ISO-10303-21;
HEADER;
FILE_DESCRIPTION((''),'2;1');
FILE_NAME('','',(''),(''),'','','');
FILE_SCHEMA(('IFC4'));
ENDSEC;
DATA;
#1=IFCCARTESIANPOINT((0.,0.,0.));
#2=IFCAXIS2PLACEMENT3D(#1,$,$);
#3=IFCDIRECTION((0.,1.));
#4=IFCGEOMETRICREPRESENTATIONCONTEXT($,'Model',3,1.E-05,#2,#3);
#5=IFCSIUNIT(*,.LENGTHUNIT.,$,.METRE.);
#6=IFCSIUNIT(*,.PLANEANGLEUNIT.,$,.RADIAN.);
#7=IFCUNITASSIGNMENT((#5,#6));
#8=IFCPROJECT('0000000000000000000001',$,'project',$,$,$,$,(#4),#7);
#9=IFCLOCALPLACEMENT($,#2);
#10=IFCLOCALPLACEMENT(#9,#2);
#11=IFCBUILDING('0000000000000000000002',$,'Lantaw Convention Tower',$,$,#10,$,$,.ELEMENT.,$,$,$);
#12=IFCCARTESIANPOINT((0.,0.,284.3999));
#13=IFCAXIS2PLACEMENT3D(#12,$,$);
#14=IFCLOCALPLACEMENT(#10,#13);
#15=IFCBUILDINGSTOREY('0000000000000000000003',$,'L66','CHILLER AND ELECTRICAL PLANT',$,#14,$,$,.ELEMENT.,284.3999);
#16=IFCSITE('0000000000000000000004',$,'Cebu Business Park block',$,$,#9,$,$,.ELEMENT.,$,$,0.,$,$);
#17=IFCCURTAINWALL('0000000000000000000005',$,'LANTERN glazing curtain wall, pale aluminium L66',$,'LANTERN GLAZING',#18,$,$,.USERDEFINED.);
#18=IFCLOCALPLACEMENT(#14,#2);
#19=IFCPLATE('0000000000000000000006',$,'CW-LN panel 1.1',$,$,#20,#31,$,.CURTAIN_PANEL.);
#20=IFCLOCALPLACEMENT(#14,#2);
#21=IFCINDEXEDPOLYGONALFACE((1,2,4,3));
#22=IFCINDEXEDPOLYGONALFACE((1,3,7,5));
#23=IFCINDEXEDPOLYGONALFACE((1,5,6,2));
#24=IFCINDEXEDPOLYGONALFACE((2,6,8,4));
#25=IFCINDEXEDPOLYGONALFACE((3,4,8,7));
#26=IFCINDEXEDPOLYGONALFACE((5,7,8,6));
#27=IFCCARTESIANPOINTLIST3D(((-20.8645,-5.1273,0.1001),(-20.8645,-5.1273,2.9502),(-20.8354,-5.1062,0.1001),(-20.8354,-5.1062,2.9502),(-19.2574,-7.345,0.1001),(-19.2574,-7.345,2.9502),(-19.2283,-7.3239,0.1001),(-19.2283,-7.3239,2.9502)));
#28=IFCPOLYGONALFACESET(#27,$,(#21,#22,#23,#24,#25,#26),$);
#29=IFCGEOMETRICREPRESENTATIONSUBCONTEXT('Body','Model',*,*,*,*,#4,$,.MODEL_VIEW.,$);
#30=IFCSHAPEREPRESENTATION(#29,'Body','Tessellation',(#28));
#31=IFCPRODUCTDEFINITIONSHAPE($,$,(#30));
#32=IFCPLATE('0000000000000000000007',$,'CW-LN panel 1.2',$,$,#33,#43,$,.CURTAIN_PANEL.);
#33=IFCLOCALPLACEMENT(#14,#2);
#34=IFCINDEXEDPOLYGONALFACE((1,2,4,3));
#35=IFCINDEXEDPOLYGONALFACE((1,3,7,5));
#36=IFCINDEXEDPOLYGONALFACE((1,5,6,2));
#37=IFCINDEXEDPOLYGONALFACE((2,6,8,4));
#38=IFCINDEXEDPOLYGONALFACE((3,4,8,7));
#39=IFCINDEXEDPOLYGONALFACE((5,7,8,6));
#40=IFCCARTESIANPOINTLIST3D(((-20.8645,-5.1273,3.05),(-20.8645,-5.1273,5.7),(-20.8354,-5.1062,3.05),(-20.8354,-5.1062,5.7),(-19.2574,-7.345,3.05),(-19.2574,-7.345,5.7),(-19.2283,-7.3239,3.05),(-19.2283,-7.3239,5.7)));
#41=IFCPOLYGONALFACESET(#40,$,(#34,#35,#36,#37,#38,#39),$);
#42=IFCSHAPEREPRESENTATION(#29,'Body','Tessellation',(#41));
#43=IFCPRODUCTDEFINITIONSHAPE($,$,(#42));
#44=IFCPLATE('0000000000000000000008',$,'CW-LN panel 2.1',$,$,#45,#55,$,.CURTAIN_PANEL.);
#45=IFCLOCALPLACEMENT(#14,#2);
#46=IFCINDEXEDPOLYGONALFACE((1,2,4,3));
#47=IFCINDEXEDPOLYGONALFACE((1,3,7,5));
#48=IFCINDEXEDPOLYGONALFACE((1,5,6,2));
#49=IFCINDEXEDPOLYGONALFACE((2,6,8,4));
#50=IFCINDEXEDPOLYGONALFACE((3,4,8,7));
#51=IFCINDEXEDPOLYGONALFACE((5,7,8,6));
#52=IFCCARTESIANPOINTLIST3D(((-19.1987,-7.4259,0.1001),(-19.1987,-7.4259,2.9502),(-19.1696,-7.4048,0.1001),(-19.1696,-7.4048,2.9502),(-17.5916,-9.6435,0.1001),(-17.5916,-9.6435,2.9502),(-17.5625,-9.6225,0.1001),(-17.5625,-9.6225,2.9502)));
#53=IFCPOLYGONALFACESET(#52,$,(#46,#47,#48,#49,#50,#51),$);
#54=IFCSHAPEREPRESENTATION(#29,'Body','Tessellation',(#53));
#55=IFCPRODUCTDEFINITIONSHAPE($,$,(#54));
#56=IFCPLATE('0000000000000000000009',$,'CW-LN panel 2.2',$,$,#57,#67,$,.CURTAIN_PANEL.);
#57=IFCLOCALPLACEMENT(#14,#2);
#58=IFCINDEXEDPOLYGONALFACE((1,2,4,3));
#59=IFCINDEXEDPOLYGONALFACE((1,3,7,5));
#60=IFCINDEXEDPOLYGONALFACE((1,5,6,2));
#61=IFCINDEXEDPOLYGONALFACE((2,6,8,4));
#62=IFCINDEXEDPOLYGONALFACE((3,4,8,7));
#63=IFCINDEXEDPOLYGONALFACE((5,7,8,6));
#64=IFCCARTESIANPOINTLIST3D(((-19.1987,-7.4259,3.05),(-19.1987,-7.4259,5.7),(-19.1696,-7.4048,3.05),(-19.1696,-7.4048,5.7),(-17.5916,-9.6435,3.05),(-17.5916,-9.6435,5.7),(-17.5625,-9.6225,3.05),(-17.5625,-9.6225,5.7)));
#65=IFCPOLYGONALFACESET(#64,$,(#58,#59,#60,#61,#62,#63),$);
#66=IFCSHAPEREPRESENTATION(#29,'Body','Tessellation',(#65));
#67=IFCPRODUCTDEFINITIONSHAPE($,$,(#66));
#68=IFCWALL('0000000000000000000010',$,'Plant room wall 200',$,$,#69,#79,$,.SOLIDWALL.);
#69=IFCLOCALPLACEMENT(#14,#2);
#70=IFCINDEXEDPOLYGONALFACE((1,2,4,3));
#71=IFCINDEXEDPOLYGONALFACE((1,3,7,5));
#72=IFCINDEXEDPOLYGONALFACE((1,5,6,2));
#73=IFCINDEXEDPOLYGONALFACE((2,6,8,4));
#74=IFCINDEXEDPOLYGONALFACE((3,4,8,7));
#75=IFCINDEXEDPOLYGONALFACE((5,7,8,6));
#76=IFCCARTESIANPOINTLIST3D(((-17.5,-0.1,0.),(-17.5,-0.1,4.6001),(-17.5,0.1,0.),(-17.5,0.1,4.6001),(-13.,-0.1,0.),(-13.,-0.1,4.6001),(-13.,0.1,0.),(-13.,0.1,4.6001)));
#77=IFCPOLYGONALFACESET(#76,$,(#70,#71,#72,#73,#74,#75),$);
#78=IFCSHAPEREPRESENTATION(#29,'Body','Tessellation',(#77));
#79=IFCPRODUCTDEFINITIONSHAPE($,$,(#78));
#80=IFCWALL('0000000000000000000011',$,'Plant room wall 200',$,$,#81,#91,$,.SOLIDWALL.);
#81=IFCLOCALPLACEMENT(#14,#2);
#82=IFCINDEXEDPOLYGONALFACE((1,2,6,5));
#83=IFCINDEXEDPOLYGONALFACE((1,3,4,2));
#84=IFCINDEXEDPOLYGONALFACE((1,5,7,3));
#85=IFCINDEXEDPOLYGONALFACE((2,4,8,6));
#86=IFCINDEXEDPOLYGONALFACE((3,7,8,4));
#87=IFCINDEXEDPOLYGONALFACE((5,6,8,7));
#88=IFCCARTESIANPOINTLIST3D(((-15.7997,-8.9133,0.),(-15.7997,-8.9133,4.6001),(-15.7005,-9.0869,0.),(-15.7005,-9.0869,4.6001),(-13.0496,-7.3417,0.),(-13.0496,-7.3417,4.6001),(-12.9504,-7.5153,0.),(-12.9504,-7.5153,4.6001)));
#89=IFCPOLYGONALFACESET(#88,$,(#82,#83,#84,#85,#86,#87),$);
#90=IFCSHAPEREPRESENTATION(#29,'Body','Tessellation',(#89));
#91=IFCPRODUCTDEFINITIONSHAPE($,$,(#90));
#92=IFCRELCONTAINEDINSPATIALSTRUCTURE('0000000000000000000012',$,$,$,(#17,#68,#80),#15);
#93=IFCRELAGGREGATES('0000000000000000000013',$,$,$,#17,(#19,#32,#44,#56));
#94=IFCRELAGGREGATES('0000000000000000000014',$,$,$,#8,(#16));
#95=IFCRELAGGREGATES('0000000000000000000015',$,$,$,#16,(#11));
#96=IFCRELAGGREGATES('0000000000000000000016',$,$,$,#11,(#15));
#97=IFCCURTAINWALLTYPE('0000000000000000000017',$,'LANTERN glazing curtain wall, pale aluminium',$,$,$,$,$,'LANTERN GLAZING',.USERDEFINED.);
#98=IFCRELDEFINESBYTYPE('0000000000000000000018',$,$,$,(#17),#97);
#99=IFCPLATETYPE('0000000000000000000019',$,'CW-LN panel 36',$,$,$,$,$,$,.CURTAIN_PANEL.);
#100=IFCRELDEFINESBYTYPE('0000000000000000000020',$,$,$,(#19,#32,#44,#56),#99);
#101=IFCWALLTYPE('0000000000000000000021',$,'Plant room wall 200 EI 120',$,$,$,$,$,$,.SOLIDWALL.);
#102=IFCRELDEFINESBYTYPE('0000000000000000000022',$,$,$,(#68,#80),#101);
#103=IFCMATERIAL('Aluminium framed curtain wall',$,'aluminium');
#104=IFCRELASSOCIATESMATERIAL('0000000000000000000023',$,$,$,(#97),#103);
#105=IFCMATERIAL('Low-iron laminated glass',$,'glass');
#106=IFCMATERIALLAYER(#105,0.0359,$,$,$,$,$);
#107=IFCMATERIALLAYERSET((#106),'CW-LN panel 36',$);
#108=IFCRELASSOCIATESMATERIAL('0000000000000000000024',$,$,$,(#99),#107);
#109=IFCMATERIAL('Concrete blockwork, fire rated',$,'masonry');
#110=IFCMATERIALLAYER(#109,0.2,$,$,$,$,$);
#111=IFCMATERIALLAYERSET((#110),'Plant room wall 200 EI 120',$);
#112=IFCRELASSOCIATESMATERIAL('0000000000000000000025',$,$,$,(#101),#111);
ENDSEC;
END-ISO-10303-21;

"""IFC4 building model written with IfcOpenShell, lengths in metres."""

from ifc_helpers import new_model, si_unit, direction, frame, frame_2d, origin, origin_2d, place, context, subcontext, project, spatial, rectangle, extrude, material, layer, layer_set, type_object, element, aggregate, save


model = new_model("IFC4")

# Units and contexts
model_context = context("Model", 3, precision=1e-05, world=origin(), true_north=direction((0.0, 1.0)))
body_context = subcontext(model_context, "Body", "Model", "MODEL_VIEW")
ifc_project = project(units=[si_unit("LENGTHUNIT", "METRE"), si_unit("PLANEANGLEUNIT", "RADIAN")], contexts=[model_context])

# Site, building, storey
site_placement = place(None, origin())
site = spatial("IfcSite", under=ifc_project, at=site_placement, Name="Cebu Business Park block", CompositionType="ELEMENT", RefElevation=0.0)
building_placement = place(site_placement, origin())
building = spatial("IfcBuilding", under=site, at=building_placement, Name="Lantaw Convention Tower", CompositionType="ELEMENT")
storey_placement = place(building_placement, frame((0.0, 0.0, 284.3999)))
storey = spatial("IfcBuildingStorey", under=building, at=storey_placement, Name="L66", Description="CHILLER AND ELECTRICAL PLANT", CompositionType="ELEMENT", Elevation=284.3999)

# Curtain wall
ifc_material_1 = material(Name="Aluminium framed curtain wall", Category="aluminium")
curtain_wall_type_1 = type_object("IfcCurtainWallType", Name="LANTERN glazing curtain wall, pale aluminium", ElementType="LANTERN GLAZING", PredefinedType="USERDEFINED", material=ifc_material_1)
curtain_wall_1_placement = place(storey_placement, origin())
curtain_wall_1 = element("IfcCurtainWall", 1, at=curtain_wall_1_placement, inside=storey, type_object=curtain_wall_type_1, Name="LANTERN glazing curtain wall, pale aluminium L66", ObjectType="LANTERN GLAZING", PredefinedType="USERDEFINED")

# Plates
ifc_material_2 = material(Name="Low-iron laminated glass", Category="glass")
ifc_layer_1 = layer(ifc_material_2, 0.0359)
ifc_layer_set_1 = layer_set([ifc_layer_1], Name="CW-LN panel 36")
plate_type = type_object("IfcPlateType", Name="CW-LN panel 36", PredefinedType="CURTAIN_PANEL", material=ifc_layer_set_1)
plate_1_placement = place(storey_placement, frame((-20.0464, -6.2256, 0.1001), z_axis=(0.0, 0.0, 1.0), x_axis=(0.586786, -0.809742, 0.0)))
plate_1 = element("IfcPlate", 2, at=plate_1_placement, type_object=plate_type, Name="CW-LN panel 1.1", PredefinedType="CURTAIN_PANEL", context=body_context, shape_type="SweptSolid", body=[
    extrude(rectangle(XDim=2.7388, YDim=0.0359, at=origin_2d()), origin(), (0.0, 0.0, 1.0), 2.8501),
])
plate_2_placement = place(storey_placement, frame((-20.0464, -6.2256, 3.05), z_axis=(0.0, 0.0, 1.0), x_axis=(0.586786, -0.809742, 0.0)))
plate_2 = element("IfcPlate", 3, at=plate_2_placement, type_object=plate_type, Name="CW-LN panel 1.2", PredefinedType="CURTAIN_PANEL", context=body_context, shape_type="SweptSolid", body=[
    extrude(rectangle(XDim=2.7388, YDim=0.0359, at=origin_2d()), origin(), (0.0, 0.0, 1.0), 2.6499),
])
plate_3_placement = place(storey_placement, frame((-18.3806, -8.5242, 0.1001), z_axis=(0.0, 0.0, 1.0), x_axis=(0.586786, -0.809742, 0.0)))
plate_3 = element("IfcPlate", 4, at=plate_3_placement, type_object=plate_type, Name="CW-LN panel 2.1", PredefinedType="CURTAIN_PANEL", context=body_context, shape_type="SweptSolid", body=[
    extrude(rectangle(XDim=2.7388, YDim=0.0359, at=origin_2d()), origin(), (0.0, 0.0, 1.0), 2.8501),
])
plate_4_placement = place(storey_placement, frame((-18.3806, -8.5242, 3.05), z_axis=(0.0, 0.0, 1.0), x_axis=(0.586786, -0.809742, 0.0)))
plate_4 = element("IfcPlate", 5, at=plate_4_placement, type_object=plate_type, Name="CW-LN panel 2.2", PredefinedType="CURTAIN_PANEL", context=body_context, shape_type="SweptSolid", body=[
    extrude(rectangle(XDim=2.7388, YDim=0.0359, at=origin_2d()), origin(), (0.0, 0.0, 1.0), 2.6499),
])
aggregate(curtain_wall_1, [plate_1, plate_2, plate_3, plate_4])

# Walls
ifc_material_3 = material(Name="Concrete blockwork, fire rated", Category="masonry")
ifc_layer_2 = layer(ifc_material_3, 0.2)
ifc_layer_set_2 = layer_set([ifc_layer_2], Name="Plant room wall 200 EI 120")
wall_type = type_object("IfcWallType", Name="Plant room wall 200 EI 120", PredefinedType="SOLIDWALL", material=ifc_layer_set_2)
wall_1_placement = place(storey_placement, frame((-13.0, 0.0, 0.0), z_axis=(0.0, 0.0, 1.0), x_axis=(-1.0, 0.0, 0.0)))
element("IfcWall", 6, at=wall_1_placement, inside=storey, type_object=wall_type, Name="Plant room wall 200", PredefinedType="SOLIDWALL", context=body_context, shape_type="SweptSolid", body=[
    extrude(rectangle(XDim=4.5, YDim=0.2, at=frame_2d((2.25, 0.0))), origin(), (0.0, 0.0, 1.0), 4.6001),
])
wall_2_placement = place(storey_placement, frame((-13.0, -7.4285, 0.0), z_axis=(0.0, 0.0, 1.0), x_axis=(-0.868229, -0.496164, 0.0)))
element("IfcWall", 7, at=wall_2_placement, inside=storey, type_object=wall_type, Name="Plant room wall 200", PredefinedType="SOLIDWALL", context=body_context, shape_type="SweptSolid", body=[
    extrude(rectangle(XDim=3.1675, YDim=0.2, at=frame_2d((1.5837, 0.0))), origin(), (0.0, 0.0, 1.0), 4.6001),
])

save(model, "model.ifc")
